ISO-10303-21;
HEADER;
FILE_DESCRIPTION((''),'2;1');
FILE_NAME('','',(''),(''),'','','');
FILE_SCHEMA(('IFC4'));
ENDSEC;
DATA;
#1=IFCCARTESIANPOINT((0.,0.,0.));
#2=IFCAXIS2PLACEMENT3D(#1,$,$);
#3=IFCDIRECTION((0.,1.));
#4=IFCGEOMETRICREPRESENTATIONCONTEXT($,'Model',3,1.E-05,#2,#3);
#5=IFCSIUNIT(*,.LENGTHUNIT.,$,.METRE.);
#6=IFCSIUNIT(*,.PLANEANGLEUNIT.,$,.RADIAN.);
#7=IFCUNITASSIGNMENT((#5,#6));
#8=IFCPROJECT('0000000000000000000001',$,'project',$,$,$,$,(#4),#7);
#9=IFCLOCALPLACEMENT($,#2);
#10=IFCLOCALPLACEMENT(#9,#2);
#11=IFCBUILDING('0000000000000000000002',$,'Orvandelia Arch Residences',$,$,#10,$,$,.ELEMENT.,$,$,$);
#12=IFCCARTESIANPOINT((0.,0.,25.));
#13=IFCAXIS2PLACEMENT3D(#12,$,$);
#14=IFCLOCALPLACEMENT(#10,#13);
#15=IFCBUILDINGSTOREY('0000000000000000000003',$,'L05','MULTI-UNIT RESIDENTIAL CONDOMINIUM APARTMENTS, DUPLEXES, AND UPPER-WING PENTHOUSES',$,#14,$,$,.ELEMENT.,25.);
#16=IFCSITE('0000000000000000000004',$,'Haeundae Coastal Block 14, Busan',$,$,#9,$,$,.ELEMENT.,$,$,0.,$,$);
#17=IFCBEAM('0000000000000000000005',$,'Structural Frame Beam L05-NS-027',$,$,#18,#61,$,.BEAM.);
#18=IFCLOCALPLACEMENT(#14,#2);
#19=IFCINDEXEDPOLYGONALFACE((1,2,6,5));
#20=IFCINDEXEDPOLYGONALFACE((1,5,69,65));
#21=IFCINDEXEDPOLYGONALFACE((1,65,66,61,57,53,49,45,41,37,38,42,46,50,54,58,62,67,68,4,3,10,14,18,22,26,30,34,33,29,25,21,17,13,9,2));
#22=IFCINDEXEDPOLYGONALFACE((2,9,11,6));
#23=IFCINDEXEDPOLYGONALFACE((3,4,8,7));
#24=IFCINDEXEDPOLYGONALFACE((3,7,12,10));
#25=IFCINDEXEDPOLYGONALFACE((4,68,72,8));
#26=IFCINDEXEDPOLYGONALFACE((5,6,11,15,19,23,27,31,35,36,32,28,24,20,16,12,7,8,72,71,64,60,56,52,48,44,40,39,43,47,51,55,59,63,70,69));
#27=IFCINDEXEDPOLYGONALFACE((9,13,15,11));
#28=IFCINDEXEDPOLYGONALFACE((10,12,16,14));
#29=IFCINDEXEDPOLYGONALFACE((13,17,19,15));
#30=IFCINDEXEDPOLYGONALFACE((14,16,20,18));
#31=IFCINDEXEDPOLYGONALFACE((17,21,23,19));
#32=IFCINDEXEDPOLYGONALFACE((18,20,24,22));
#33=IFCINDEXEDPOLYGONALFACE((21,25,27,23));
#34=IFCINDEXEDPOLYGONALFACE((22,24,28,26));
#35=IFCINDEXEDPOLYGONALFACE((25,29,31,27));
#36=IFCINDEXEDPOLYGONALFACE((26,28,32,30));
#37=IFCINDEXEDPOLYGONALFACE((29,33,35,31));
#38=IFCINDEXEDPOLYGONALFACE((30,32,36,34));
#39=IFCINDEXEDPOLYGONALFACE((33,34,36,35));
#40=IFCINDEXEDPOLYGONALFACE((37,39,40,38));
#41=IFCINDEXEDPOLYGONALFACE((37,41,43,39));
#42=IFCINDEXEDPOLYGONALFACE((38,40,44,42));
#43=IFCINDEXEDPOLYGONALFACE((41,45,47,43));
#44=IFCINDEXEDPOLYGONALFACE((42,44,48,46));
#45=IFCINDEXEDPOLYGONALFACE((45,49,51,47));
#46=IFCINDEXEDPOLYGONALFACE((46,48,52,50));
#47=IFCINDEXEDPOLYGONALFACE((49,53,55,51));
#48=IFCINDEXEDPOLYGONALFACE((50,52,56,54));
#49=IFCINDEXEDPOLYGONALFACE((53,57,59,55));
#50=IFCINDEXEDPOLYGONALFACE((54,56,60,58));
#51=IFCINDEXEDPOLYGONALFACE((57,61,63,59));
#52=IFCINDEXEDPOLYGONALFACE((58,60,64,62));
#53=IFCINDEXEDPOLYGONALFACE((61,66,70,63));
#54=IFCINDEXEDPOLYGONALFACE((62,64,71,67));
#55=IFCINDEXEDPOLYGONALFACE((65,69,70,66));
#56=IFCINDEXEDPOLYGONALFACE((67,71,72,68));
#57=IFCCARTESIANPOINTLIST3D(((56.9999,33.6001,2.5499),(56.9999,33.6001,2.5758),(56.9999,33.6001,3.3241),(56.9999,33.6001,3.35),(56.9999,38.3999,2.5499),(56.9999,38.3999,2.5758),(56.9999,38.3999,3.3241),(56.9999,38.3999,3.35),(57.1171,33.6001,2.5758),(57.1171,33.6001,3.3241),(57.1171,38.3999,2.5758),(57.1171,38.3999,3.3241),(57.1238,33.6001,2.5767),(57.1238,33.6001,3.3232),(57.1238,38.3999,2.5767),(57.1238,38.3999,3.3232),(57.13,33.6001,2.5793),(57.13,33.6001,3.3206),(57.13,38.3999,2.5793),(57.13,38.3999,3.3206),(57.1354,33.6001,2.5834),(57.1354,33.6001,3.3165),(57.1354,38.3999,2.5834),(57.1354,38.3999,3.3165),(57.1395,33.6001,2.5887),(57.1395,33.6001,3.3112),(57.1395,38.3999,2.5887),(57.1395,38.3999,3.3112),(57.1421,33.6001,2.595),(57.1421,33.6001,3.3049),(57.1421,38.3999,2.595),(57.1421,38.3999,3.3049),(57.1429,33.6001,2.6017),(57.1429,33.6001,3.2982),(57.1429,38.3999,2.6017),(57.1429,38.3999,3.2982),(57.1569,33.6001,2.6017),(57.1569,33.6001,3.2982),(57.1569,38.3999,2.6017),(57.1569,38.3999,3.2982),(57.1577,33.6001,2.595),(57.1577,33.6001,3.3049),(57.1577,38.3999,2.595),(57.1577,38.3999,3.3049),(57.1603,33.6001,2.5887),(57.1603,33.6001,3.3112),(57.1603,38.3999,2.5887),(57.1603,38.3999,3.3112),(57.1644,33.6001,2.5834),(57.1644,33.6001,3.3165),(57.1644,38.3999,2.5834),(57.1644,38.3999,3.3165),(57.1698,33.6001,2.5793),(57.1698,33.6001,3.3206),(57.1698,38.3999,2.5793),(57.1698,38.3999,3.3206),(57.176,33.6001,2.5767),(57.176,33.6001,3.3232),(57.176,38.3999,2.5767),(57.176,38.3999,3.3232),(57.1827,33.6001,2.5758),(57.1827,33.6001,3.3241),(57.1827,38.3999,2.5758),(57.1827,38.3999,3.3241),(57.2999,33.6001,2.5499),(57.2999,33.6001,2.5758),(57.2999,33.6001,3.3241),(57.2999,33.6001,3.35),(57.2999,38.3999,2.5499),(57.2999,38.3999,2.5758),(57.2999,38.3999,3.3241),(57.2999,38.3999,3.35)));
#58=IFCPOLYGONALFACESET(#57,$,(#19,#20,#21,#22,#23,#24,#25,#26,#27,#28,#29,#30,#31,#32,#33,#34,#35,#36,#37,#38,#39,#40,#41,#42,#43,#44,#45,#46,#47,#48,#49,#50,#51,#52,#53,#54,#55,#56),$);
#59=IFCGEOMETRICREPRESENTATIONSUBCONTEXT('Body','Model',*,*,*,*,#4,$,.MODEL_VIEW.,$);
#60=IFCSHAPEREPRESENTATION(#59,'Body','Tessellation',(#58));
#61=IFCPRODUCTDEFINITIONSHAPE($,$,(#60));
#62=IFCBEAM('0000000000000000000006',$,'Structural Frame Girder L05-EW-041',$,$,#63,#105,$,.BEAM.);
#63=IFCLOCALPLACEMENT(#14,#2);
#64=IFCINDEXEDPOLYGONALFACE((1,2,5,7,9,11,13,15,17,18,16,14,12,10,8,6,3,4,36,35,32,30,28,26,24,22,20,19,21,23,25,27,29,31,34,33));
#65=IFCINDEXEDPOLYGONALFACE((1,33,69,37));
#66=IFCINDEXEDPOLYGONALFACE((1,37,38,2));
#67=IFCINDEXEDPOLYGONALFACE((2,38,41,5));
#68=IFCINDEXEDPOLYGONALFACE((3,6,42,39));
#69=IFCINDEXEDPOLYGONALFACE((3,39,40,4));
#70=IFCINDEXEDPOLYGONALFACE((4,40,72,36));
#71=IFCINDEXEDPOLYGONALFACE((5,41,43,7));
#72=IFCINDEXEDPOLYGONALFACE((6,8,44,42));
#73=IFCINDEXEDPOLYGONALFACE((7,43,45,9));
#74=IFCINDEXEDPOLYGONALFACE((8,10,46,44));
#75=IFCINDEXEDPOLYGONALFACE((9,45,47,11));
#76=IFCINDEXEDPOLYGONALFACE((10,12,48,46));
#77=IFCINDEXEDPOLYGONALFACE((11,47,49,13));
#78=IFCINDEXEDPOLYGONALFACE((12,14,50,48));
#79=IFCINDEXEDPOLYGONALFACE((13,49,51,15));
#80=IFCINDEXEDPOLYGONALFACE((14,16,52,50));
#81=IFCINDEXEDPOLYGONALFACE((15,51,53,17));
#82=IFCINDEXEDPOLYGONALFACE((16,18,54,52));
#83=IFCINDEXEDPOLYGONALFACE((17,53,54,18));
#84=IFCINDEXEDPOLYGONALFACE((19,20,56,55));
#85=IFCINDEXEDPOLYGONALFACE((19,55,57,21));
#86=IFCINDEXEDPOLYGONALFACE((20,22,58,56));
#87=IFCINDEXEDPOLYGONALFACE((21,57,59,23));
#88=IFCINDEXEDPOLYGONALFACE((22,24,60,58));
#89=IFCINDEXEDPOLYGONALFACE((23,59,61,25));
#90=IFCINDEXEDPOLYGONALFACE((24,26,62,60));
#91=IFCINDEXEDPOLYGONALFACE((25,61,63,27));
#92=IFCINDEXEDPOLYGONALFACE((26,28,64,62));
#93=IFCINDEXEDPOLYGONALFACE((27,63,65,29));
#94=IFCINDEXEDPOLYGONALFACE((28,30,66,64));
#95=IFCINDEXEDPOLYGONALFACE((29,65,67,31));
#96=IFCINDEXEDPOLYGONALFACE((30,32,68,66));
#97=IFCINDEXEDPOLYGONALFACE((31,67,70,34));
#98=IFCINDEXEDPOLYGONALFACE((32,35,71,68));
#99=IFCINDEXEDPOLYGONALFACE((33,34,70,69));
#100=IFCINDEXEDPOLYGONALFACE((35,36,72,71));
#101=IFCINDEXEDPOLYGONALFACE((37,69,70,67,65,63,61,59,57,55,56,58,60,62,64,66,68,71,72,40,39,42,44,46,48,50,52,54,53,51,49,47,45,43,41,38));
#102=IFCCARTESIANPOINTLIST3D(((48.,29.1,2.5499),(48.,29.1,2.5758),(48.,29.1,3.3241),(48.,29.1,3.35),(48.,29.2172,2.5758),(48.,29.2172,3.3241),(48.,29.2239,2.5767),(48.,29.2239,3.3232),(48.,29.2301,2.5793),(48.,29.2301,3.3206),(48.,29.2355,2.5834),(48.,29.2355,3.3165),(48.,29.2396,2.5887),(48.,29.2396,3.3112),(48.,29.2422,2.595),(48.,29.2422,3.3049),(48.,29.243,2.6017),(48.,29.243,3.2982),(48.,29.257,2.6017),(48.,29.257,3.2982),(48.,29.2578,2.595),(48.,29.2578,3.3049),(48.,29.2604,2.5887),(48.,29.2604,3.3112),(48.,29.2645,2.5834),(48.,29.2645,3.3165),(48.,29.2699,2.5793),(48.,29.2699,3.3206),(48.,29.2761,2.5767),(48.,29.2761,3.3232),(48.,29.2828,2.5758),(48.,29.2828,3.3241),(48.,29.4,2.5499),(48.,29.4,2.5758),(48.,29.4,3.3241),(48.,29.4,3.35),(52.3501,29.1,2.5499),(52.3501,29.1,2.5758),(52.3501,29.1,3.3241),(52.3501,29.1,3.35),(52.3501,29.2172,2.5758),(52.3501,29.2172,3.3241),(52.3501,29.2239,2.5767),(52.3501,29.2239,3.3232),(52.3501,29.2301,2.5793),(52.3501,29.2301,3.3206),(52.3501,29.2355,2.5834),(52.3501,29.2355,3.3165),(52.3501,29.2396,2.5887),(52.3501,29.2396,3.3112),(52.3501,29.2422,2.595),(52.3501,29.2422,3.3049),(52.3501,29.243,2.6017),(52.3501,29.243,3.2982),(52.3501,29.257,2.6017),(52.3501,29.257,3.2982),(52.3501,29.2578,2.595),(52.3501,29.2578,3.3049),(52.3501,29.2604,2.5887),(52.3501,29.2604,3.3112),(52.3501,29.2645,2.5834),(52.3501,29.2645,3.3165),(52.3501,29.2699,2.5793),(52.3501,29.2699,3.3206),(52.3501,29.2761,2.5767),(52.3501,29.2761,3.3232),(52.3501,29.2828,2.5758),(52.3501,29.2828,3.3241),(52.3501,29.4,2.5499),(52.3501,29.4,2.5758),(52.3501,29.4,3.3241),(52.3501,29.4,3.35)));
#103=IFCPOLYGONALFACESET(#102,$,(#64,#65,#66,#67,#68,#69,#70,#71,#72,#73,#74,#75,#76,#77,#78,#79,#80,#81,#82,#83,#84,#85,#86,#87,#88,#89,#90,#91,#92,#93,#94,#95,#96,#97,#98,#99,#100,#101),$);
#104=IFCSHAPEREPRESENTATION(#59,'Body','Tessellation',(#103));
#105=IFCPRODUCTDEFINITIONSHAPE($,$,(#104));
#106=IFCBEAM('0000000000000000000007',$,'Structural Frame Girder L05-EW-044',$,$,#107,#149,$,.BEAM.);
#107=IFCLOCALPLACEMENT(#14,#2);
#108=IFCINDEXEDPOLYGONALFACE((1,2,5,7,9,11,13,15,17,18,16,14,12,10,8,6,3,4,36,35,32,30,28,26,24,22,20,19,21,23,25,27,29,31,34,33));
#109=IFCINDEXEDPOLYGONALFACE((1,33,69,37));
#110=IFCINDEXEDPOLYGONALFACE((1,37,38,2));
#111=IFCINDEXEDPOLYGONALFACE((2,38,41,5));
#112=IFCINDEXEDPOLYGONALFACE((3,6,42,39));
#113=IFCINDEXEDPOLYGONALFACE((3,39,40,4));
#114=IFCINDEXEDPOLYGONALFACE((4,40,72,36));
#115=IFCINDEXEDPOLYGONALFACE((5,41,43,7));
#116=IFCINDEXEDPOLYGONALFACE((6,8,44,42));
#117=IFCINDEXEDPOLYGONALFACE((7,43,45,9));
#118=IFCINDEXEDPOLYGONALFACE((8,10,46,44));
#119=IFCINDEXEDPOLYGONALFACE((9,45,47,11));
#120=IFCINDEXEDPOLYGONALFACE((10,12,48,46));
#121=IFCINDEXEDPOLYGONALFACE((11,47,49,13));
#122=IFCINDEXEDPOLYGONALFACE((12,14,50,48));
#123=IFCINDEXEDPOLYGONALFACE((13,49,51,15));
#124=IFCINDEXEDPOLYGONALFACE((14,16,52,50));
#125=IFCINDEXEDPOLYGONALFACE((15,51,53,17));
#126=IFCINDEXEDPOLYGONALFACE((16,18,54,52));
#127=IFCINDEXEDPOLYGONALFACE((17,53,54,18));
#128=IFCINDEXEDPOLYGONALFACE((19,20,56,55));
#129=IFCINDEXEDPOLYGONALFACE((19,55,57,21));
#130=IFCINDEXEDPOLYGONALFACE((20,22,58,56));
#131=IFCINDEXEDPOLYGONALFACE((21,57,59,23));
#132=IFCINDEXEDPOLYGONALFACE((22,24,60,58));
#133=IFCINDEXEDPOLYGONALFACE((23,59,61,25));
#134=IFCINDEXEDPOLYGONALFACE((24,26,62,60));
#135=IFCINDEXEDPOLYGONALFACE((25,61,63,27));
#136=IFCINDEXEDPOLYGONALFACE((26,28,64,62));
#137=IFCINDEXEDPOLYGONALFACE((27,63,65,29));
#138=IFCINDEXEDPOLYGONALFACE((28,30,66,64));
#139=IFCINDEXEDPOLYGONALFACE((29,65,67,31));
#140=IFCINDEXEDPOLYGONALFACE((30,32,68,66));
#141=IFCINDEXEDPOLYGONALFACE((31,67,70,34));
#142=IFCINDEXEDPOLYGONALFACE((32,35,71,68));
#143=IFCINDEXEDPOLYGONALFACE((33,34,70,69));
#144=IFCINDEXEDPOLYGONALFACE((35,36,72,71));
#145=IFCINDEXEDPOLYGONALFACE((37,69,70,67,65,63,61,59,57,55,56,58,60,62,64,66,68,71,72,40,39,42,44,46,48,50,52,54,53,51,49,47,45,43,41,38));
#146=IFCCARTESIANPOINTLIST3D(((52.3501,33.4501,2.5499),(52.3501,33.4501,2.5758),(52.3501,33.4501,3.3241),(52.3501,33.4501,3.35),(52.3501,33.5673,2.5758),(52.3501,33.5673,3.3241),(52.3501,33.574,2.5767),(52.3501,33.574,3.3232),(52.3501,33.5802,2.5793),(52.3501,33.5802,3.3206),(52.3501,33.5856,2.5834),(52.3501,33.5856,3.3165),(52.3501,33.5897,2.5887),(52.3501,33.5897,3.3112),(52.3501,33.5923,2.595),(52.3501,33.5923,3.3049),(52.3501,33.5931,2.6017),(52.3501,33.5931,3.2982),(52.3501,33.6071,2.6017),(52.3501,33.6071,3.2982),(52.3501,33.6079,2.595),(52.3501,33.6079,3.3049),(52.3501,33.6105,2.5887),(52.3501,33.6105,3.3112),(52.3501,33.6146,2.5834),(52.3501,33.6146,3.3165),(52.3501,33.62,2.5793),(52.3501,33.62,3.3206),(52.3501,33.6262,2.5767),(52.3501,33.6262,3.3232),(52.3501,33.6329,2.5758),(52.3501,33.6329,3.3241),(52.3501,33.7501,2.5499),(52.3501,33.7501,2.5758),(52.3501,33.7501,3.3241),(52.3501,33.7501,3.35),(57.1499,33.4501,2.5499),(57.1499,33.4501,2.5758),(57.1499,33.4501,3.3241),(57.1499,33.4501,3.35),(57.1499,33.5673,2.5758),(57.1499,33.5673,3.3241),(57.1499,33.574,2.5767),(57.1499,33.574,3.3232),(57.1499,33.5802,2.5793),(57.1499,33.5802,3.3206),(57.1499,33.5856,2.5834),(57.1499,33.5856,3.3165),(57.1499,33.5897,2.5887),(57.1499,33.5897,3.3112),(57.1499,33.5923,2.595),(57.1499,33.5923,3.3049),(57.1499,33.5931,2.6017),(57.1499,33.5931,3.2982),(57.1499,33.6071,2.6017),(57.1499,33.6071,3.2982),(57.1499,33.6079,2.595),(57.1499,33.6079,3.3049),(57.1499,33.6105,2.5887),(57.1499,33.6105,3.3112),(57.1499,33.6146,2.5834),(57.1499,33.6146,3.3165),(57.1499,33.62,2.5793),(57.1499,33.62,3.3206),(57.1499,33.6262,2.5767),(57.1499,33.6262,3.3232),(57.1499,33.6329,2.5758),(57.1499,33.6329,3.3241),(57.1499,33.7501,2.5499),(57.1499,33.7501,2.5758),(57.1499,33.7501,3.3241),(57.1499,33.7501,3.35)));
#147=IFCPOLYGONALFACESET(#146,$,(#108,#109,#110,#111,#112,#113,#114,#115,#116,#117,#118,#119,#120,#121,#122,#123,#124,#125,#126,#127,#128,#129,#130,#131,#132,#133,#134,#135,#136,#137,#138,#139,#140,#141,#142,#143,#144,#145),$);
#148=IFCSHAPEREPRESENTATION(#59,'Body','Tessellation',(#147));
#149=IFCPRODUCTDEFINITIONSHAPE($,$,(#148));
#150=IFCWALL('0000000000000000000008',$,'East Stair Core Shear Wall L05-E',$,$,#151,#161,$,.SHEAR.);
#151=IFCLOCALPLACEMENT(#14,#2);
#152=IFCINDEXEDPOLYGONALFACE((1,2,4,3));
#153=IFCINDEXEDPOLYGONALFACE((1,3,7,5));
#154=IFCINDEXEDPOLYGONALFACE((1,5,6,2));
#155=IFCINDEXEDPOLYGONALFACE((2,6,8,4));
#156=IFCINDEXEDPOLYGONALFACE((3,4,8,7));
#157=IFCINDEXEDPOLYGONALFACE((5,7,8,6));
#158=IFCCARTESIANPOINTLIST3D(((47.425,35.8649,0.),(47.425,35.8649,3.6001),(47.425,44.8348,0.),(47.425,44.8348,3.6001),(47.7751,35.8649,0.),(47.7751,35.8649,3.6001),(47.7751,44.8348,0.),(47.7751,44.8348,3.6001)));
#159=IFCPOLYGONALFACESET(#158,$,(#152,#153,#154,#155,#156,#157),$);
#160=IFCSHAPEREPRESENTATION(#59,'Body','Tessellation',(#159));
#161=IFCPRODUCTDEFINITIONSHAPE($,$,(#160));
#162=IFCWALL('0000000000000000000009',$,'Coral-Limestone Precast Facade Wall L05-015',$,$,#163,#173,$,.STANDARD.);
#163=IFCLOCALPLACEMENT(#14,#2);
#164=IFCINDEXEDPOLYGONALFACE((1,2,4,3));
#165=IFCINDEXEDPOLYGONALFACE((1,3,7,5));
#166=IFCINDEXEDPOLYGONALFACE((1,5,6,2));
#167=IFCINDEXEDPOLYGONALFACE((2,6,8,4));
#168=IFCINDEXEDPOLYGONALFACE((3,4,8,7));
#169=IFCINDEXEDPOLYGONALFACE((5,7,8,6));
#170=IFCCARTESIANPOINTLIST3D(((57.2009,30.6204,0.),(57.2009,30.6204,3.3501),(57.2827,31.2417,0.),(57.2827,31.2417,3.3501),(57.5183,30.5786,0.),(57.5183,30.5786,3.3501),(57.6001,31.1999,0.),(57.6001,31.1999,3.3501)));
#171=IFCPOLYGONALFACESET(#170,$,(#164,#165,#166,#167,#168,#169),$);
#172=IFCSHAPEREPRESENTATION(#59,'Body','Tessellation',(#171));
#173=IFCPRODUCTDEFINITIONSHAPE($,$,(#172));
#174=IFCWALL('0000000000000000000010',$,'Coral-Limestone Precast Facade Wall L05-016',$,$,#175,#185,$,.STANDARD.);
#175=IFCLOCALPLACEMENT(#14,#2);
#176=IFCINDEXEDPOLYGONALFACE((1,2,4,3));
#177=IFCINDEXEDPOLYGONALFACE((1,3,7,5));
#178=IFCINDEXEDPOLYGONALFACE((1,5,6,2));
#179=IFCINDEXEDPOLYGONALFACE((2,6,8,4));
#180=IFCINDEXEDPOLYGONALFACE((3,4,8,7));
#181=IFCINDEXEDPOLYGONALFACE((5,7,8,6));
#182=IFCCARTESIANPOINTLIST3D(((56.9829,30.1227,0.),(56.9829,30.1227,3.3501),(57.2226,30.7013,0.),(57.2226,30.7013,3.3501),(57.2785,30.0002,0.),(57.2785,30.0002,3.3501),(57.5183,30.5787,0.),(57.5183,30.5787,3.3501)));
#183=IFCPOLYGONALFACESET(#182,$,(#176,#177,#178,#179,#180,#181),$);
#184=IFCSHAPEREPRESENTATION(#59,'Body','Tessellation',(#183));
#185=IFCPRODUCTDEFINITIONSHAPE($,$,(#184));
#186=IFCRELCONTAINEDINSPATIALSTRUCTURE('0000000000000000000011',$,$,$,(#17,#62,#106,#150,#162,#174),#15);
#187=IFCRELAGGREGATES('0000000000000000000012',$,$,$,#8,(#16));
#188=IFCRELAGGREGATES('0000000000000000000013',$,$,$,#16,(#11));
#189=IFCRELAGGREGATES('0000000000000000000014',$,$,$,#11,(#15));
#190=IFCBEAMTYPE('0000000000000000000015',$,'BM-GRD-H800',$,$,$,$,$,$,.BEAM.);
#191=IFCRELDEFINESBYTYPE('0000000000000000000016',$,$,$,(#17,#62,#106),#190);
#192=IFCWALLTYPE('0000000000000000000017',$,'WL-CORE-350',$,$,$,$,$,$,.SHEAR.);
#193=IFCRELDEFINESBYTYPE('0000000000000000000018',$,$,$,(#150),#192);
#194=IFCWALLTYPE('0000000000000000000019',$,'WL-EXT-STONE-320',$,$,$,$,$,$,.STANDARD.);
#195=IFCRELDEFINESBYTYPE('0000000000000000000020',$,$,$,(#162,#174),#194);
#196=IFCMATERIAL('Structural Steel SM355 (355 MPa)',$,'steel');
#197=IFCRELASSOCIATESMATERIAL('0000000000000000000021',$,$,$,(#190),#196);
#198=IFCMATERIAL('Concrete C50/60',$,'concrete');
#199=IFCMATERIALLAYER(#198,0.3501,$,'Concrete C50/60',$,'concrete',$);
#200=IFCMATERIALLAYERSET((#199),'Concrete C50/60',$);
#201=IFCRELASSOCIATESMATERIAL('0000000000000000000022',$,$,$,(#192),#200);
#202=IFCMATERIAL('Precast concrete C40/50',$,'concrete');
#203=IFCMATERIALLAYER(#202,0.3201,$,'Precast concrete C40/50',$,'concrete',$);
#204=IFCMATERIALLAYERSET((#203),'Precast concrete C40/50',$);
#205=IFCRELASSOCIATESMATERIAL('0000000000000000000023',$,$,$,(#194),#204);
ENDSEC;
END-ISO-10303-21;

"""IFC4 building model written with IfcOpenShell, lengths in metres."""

from ifc_helpers import new_model, si_unit, direction, frame, frame_2d, origin, origin_2d, place, context, subcontext, project, spatial, rectangle, i_section, extrude, material, layer, layer_set, material_profile, profile_set, type_object, element, save


model = new_model("IFC4")

# Units and contexts
model_context = context("Model", 3, precision=1e-05, world=origin(), true_north=direction((0.0, 1.0)))
body_context = subcontext(model_context, "Body", "Model", "MODEL_VIEW")
ifc_project = project(units=[si_unit("LENGTHUNIT", "METRE"), si_unit("PLANEANGLEUNIT", "RADIAN")], contexts=[model_context])

# Site, building, storey
site_placement = place(None, origin())
site = spatial("IfcSite", under=ifc_project, at=site_placement, Name="Haeundae Coastal Block 14, Busan", CompositionType="ELEMENT", RefElevation=0.0)
building_placement = place(site_placement, origin())
building = spatial("IfcBuilding", under=site, at=building_placement, Name="Orvandelia Arch Residences", CompositionType="ELEMENT")
storey_placement = place(building_placement, frame((0.0, 0.0, 25.0)))
storey = spatial("IfcBuildingStorey", under=building, at=storey_placement, Name="L05", Description="MULTI-UNIT RESIDENTIAL CONDOMINIUM APARTMENTS, DUPLEXES, AND UPPER-WING PENTHOUSES", CompositionType="ELEMENT", Elevation=25.0)

# Beams
ifc_material_1 = material(Name="Structural Steel SM355 (355 MPa)", Category="steel")
ifc_material_profile_1 = material_profile(ifc_material_1, i_section(OverallWidth=0.3, OverallDepth=0.8, WebThickness=0.0139, FlangeThickness=0.0259, FilletRadius=0.0259, at=origin_2d()), Name="Structural Steel SM355 (355 MPa)", Category="steel")
ifc_profile_set_1 = profile_set([ifc_material_profile_1], Name="Structural Steel SM355 (355 MPa)")
beam_type = type_object("IfcBeamType", Name="BM-GRD-H800", PredefinedType="BEAM", material=ifc_profile_set_1)
for number, where, z_axis, x_axis, name in (
    (1, (57.1499, 33.6001, 2.95), (0.0, 1.0, 0.0), (-1.0, 0.0, 0.0), "Structural Frame Beam L05-NS-027"),
):
    element("IfcBeam", number, at=place(storey_placement, frame(where, z_axis=z_axis, x_axis=x_axis)), inside=storey, type_object=beam_type, Name=name, PredefinedType="BEAM", context=body_context, shape_type="SweptSolid", body=[
        extrude(i_section(OverallWidth=0.3, OverallDepth=0.8, WebThickness=0.0139, FlangeThickness=0.0259, FilletRadius=0.0259, at=origin_2d()), origin(), (0.0, 0.0, 1.0), 4.7998),
    ])
beam_1_placement = place(storey_placement, frame((48.0, 29.25, 2.95), z_axis=(1.0, 0.0, 0.0), x_axis=(0.0, 1.0, 0.0)))
element("IfcBeam", 2, at=beam_1_placement, inside=storey, type_object=beam_type, Name="Structural Frame Girder L05-EW-041", PredefinedType="BEAM", context=body_context, shape_type="SweptSolid", body=[
    extrude(i_section(OverallWidth=0.3, OverallDepth=0.8, WebThickness=0.0139, FlangeThickness=0.0259, FilletRadius=0.0259, at=origin_2d()), origin(), (0.0, 0.0, 1.0), 4.3501),
])
beam_2_placement = place(storey_placement, frame((52.3501, 33.6001, 2.95), z_axis=(1.0, 0.0, 0.0), x_axis=(0.0, 1.0, 0.0)))
element("IfcBeam", 3, at=beam_2_placement, inside=storey, type_object=beam_type, Name="Structural Frame Girder L05-EW-044", PredefinedType="BEAM", context=body_context, shape_type="SweptSolid", body=[
    extrude(i_section(OverallWidth=0.3, OverallDepth=0.8, WebThickness=0.0139, FlangeThickness=0.0259, FilletRadius=0.0259, at=origin_2d()), origin(), (0.0, 0.0, 1.0), 4.7998),
])

# Walls
ifc_material_2 = material(Name="Concrete C50/60", Category="concrete")
ifc_layer_1 = layer(ifc_material_2, 0.3501, Name="Concrete C50/60", Category="concrete")
ifc_layer_set_1 = layer_set([ifc_layer_1], Name="Concrete C50/60")
wall_type_1 = type_object("IfcWallType", Name="WL-CORE-350", PredefinedType="SHEAR", material=ifc_layer_set_1)
wall_1_placement = place(storey_placement, frame((47.6001, 35.865, 0.0), z_axis=(0.0, 0.0, 1.0), x_axis=(0.0, 1.0, 0.0)))
element("IfcWall", 4, at=wall_1_placement, inside=storey, type_object=wall_type_1, Name="East Stair Core Shear Wall L05-E", PredefinedType="SHEAR", context=body_context, shape_type="SweptSolid", body=[
    extrude(rectangle(XDim=8.97, YDim=0.3501, at=frame_2d((4.4849, 0.0))), origin(), (0.0, 0.0, 1.0), 3.6001),
])
ifc_material_3 = material(Name="Precast concrete C40/50", Category="concrete")
ifc_layer_2 = layer(ifc_material_3, 0.3201, Name="Precast concrete C40/50", Category="concrete")
ifc_layer_set_2 = layer_set([ifc_layer_2], Name="Precast concrete C40/50")
wall_type_2 = type_object("IfcWallType", Name="WL-EXT-STONE-320", PredefinedType="STANDARD", material=ifc_layer_set_2)
wall_2_placement = place(storey_placement, frame((57.4414, 31.2209, 0.0), z_axis=(0.0, 0.0, 1.0), x_axis=(-0.130505, -0.991448, 0.0)))
element("IfcWall", 5, at=wall_2_placement, inside=storey, type_object=wall_type_2, Name="Coral-Limestone Precast Facade Wall L05-015", PredefinedType="STANDARD", context=body_context, shape_type="SweptSolid", body=[
    extrude(rectangle(XDim=0.6267, YDim=0.3201, at=frame_2d((0.3135, 0.0))), origin(), (0.0, 0.0, 1.0), 3.3501),
])
wall_3_placement = place(storey_placement, frame((57.3704, 30.6399, 0.0), z_axis=(0.0, 0.0, 1.0), x_axis=(-0.382788, -0.923836, 0.0)))
element("IfcWall", 6, at=wall_3_placement, inside=storey, type_object=wall_type_2, Name="Coral-Limestone Precast Facade Wall L05-016", PredefinedType="STANDARD", context=body_context, shape_type="SweptSolid", body=[
    extrude(rectangle(XDim=0.6262, YDim=0.3201, at=frame_2d((0.313, 0.0))), origin(), (0.0, 0.0, 1.0), 3.3501),
])

save(model, "model.ifc")
